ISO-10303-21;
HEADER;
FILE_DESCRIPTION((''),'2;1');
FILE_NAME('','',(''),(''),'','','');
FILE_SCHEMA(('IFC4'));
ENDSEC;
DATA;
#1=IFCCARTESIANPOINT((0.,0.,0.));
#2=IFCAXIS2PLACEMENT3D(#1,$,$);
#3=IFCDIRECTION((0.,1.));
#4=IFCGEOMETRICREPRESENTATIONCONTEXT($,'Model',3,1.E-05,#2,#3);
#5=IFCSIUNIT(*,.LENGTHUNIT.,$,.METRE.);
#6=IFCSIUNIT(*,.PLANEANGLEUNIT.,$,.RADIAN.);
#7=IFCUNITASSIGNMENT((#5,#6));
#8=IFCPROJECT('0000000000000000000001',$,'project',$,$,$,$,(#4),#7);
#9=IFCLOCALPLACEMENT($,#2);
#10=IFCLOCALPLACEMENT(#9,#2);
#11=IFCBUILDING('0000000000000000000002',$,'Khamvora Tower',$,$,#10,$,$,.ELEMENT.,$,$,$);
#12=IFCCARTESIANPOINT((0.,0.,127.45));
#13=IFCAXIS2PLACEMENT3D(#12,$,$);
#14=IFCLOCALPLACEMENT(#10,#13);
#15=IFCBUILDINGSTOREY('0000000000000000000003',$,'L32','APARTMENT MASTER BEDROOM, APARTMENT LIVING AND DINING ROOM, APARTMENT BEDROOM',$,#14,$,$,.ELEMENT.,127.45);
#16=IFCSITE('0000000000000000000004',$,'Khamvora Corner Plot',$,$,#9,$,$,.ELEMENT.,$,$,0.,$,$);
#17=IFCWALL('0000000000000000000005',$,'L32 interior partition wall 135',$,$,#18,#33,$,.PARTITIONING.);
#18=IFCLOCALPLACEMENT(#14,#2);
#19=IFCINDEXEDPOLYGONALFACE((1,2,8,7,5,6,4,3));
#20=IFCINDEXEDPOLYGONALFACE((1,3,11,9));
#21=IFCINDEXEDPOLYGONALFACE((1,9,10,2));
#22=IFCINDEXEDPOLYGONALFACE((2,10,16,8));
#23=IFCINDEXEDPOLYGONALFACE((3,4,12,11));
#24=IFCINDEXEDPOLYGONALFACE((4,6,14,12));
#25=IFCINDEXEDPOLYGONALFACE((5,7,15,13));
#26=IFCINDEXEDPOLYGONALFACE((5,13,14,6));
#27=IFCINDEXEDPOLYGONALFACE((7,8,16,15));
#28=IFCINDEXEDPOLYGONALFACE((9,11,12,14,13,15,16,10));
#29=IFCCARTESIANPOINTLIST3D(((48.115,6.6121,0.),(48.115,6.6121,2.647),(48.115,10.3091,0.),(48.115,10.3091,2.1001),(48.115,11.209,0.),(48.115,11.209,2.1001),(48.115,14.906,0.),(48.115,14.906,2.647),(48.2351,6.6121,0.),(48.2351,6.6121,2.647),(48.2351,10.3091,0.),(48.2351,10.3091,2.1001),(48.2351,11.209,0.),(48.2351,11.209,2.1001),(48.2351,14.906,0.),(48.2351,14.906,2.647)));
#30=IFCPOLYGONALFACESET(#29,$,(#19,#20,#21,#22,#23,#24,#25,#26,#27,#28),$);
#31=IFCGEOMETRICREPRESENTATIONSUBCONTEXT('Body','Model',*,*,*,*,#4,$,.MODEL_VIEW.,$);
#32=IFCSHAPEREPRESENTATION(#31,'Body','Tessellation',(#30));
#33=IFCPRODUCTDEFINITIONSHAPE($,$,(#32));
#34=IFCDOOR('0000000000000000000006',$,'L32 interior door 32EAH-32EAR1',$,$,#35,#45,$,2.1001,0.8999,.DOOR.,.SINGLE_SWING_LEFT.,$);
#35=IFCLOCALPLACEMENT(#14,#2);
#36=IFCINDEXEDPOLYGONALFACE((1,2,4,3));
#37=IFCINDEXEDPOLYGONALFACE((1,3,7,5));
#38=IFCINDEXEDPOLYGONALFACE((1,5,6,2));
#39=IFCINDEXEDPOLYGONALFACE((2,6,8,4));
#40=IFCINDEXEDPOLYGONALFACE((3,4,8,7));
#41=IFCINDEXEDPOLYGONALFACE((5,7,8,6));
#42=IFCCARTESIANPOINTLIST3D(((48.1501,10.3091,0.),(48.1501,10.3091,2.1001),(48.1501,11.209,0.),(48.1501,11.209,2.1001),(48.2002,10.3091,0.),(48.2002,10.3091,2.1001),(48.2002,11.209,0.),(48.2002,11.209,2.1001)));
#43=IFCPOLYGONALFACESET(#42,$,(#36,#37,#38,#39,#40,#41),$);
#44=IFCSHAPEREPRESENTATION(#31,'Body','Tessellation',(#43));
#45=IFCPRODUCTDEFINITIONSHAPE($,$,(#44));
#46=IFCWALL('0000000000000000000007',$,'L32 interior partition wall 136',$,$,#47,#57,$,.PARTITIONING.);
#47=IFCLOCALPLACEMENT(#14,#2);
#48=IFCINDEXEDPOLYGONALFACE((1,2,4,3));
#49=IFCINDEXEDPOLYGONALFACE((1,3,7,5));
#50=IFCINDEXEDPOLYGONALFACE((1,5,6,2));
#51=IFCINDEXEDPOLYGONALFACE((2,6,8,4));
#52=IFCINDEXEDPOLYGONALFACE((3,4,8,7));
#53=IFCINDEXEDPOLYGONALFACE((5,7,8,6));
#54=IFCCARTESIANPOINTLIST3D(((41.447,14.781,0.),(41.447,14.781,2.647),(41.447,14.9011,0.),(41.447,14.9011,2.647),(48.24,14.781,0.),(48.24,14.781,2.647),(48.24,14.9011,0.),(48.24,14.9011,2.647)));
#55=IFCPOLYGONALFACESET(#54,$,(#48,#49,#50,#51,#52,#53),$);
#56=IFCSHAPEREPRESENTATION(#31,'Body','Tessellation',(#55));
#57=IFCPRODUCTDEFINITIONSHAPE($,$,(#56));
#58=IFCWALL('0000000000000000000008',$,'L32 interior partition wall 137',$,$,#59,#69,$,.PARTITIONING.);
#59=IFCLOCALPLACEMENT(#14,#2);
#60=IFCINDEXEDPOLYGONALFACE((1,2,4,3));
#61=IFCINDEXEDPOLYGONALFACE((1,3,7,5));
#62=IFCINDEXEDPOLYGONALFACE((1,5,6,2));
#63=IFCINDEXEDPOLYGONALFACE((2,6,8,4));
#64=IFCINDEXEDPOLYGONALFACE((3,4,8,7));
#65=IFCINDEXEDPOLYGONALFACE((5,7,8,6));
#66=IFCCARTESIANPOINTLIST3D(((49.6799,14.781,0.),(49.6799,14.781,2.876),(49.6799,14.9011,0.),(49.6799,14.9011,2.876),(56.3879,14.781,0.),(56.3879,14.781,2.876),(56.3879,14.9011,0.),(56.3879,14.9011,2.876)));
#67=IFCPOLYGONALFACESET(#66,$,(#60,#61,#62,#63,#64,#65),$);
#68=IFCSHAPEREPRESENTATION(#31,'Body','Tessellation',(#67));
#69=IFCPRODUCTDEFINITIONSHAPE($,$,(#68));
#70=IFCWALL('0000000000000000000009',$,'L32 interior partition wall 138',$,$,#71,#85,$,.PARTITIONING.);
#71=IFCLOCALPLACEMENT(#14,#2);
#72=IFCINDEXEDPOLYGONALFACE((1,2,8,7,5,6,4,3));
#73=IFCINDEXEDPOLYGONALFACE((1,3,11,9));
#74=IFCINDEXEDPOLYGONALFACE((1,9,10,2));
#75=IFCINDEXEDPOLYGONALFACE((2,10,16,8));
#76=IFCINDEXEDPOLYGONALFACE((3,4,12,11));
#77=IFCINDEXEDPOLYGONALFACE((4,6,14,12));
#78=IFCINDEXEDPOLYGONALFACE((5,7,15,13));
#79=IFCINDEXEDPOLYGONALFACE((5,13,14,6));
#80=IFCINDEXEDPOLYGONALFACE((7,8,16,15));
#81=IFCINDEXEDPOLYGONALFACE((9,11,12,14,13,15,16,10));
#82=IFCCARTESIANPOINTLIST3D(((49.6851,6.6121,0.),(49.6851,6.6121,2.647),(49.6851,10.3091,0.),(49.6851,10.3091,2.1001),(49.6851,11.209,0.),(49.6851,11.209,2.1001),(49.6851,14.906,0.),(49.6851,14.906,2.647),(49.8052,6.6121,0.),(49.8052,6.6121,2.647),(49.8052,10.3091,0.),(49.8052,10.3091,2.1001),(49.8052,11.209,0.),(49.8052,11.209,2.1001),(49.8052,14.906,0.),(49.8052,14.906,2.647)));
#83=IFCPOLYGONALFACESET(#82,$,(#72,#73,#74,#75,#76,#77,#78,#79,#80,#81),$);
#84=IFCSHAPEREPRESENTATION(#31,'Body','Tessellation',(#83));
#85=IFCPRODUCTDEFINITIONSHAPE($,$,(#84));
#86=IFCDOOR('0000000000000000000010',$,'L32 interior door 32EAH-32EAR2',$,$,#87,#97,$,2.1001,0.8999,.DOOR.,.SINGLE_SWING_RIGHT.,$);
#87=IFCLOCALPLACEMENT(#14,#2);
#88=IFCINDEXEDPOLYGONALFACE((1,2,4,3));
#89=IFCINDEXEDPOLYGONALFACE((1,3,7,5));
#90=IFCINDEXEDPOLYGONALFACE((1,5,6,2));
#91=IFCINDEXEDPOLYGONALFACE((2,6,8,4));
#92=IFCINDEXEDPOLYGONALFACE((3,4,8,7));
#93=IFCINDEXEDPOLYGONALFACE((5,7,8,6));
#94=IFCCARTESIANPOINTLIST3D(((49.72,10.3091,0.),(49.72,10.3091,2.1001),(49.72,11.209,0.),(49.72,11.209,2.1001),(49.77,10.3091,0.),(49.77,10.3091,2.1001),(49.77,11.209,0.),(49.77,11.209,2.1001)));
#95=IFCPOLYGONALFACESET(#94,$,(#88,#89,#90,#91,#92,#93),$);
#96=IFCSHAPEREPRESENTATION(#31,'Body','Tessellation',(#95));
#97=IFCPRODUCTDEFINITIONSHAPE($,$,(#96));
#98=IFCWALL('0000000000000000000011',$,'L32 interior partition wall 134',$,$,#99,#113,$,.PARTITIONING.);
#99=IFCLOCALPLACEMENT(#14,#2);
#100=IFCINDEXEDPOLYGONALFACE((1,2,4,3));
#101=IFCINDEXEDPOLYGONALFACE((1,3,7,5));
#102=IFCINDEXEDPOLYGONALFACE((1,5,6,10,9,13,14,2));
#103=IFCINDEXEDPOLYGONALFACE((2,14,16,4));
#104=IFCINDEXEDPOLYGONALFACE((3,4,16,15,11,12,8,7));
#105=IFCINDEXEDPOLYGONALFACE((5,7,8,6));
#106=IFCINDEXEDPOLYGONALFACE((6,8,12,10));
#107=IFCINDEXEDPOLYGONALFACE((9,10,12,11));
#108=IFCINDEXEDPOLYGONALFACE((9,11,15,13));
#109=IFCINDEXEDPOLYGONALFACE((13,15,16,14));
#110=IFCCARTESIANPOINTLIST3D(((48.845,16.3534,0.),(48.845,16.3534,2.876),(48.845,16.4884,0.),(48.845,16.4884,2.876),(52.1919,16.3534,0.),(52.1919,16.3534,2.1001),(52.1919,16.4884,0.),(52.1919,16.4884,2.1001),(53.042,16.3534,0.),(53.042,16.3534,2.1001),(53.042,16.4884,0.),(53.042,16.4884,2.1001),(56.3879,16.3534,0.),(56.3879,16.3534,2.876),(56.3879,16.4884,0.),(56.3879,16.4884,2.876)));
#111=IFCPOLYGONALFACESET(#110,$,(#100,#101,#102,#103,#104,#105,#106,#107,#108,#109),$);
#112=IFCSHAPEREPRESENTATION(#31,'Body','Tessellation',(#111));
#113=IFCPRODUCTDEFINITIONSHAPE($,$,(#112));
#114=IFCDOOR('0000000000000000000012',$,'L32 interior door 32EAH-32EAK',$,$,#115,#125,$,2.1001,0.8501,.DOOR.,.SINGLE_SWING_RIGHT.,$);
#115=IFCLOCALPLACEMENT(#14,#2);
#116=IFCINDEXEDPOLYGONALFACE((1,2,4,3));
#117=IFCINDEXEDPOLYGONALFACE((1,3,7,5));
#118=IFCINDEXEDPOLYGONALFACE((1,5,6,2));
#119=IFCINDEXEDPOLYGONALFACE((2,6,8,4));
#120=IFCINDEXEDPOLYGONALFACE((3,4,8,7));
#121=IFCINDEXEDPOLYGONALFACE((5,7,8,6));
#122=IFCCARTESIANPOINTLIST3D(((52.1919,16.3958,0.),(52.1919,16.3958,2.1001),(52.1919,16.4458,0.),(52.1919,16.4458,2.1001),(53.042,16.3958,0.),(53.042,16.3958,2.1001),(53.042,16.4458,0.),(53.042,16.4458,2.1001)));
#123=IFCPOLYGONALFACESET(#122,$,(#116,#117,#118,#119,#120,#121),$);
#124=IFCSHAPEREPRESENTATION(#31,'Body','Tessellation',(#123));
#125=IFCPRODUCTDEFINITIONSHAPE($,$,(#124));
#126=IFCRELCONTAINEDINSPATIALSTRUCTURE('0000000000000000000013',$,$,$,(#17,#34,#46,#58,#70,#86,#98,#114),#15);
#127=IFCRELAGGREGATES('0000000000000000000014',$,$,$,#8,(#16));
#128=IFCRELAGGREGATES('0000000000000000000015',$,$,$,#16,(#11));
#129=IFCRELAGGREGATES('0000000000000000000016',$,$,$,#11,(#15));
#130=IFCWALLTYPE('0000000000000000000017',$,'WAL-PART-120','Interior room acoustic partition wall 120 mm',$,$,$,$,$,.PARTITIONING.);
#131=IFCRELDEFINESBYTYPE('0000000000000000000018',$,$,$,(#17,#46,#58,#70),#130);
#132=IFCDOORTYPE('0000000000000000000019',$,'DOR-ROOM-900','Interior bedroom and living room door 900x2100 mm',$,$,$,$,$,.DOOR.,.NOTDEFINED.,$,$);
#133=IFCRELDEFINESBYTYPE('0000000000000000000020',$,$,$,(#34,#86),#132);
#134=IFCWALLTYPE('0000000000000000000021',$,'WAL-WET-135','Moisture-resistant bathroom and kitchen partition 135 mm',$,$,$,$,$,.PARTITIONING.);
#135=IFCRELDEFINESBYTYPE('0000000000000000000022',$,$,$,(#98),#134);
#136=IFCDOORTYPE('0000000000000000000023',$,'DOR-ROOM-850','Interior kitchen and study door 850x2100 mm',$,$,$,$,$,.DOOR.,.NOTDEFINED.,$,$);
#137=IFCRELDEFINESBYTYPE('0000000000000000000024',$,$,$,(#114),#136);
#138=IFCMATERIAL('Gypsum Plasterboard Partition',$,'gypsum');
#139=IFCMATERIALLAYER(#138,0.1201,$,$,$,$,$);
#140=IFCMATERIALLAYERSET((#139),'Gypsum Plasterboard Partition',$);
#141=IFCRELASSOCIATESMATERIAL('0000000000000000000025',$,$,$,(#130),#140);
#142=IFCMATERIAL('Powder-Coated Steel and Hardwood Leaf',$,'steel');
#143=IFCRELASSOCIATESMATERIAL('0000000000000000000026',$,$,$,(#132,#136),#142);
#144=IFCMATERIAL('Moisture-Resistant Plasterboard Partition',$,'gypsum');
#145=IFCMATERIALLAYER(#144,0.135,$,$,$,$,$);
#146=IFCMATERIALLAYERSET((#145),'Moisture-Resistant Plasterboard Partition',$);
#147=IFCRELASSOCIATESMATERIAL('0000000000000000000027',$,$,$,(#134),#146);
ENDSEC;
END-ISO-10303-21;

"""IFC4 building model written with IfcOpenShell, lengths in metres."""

from ifc_helpers import new_model, si_unit, direction, frame, frame_2d, origin, place, context, subcontext, project, spatial, rectangle, extrude, material, layer, layer_set, type_object, element, fill, save


model = new_model("IFC4")

# Units and contexts
model_context = context("Model", 3, precision=1e-05, world=origin(), true_north=direction((0.0, 1.0)))
body_context = subcontext(model_context, "Body", "Model", "MODEL_VIEW")
ifc_project = project(units=[si_unit("LENGTHUNIT", "METRE"), si_unit("PLANEANGLEUNIT", "RADIAN")], contexts=[model_context])

# Site, building, storey
site_placement = place(None, origin())
site = spatial("IfcSite", under=ifc_project, at=site_placement, Name="Khamvora Corner Plot", CompositionType="ELEMENT", RefElevation=0.0)
building_placement = place(site_placement, origin())
building = spatial("IfcBuilding", under=site, at=building_placement, Name="Khamvora Tower", CompositionType="ELEMENT")
storey_placement = place(building_placement, frame((0.0, 0.0, 127.45)))
storey = spatial("IfcBuildingStorey", under=building, at=storey_placement, Name="L32", Description="APARTMENT MASTER BEDROOM, APARTMENT LIVING AND DINING ROOM, APARTMENT BEDROOM", CompositionType="ELEMENT", Elevation=127.45)

# Wall, opening, door
ifc_material_1 = material(Name="Gypsum Plasterboard Partition", Category="gypsum")
ifc_layer_1 = layer(ifc_material_1, 0.1201)
ifc_layer_set_1 = layer_set([ifc_layer_1], Name="Gypsum Plasterboard Partition")
wall_type_1 = type_object("IfcWallType", Name="WAL-PART-120", Description="Interior room acoustic partition wall 120 mm", PredefinedType="PARTITIONING", material=ifc_layer_set_1)
wall_1_placement = place(storey_placement, frame((48.175, 6.6121, 0.0), z_axis=(0.0, 0.0, 1.0), x_axis=(0.0, 1.0, 0.0)))
wall_1 = element("IfcWall", 1, at=wall_1_placement, inside=storey, type_object=wall_type_1, Name="L32 interior partition wall 135", PredefinedType="PARTITIONING", context=body_context, shape_type="SweptSolid", body=[
    extrude(rectangle(XDim=8.2939, YDim=0.1201, at=frame_2d((4.147, 0.0))), origin(), (0.0, 0.0, 1.0), 2.647),
])
opening_1_placement = place(wall_1_placement, frame((3.697, 0.0, 0.0)))
opening_1 = element("IfcOpeningElement", 2, at=opening_1_placement, cuts=wall_1, PredefinedType="OPENING", context=body_context, shape_type="SweptSolid", body=[
    extrude(rectangle(XDim=0.8999, YDim=2.1001, at=frame_2d((0.45, 1.05))), frame((0.0, 0.0701, 0.0), z_axis=(0.0, -1.0, 0.0), x_axis=(1.0, 0.0, 0.0)), (0.0, 0.0, 1.0), 0.1401),
])
ifc_material_2 = material(Name="Powder-Coated Steel and Hardwood Leaf", Category="steel")
door_type_1 = type_object("IfcDoorType", Name="DOR-ROOM-900", Description="Interior bedroom and living room door 900x2100 mm", OperationType="NOTDEFINED", PredefinedType="DOOR", material=ifc_material_2)
door_1_placement = place(opening_1_placement, origin())
door_1 = element("IfcDoor", 3, at=door_1_placement, inside=storey, type_object=door_type_1, Name="L32 interior door 32EAH-32EAR1", OperationType="SINGLE_SWING_LEFT", OverallHeight=2.1001, OverallWidth=0.8999, PredefinedType="DOOR", context=body_context, shape_type="SweptSolid", body=[
    extrude(rectangle(XDim=0.8999, YDim=2.1001, at=frame_2d((0.45, 1.05))), frame((0.0, 0.0249, 0.0), z_axis=(0.0, -1.0, 0.0), x_axis=(1.0, 0.0, 0.0)), (0.0, 0.0, 1.0), 0.05),
])
fill(opening_1, door_1)

# Walls
wall_2_placement = place(storey_placement, frame((48.24, 14.8411, 0.0), z_axis=(0.0, 0.0, 1.0), x_axis=(-1.0, 0.0, 0.0)))
element("IfcWall", 4, at=wall_2_placement, inside=storey, type_object=wall_type_1, Name="L32 interior partition wall 136", PredefinedType="PARTITIONING", context=body_context, shape_type="SweptSolid", body=[
    extrude(rectangle(XDim=6.793, YDim=0.1201, at=frame_2d((3.3965, 0.0))), origin(), (0.0, 0.0, 1.0), 2.647),
])
wall_3_placement = place(storey_placement, frame((56.3879, 14.8411, 0.0), z_axis=(0.0, 0.0, 1.0), x_axis=(-1.0, 0.0, 0.0)))
element("IfcWall", 5, at=wall_3_placement, inside=storey, type_object=wall_type_1, Name="L32 interior partition wall 137", PredefinedType="PARTITIONING", context=body_context, shape_type="SweptSolid", body=[
    extrude(rectangle(XDim=6.708, YDim=0.1201, at=frame_2d((3.354, 0.0))), origin(), (0.0, 0.0, 1.0), 2.876),
])

# Walls, openings, doors
wall_4_placement = place(storey_placement, frame((49.7451, 14.906, 0.0), z_axis=(0.0, 0.0, 1.0), x_axis=(0.0, -1.0, 0.0)))
wall_4 = element("IfcWall", 6, at=wall_4_placement, inside=storey, type_object=wall_type_1, Name="L32 interior partition wall 138", PredefinedType="PARTITIONING", context=body_context, shape_type="SweptSolid", body=[
    extrude(rectangle(XDim=8.2939, YDim=0.1201, at=frame_2d((4.147, 0.0))), origin(), (0.0, 0.0, 1.0), 2.647),
])
opening_2_placement = place(wall_4_placement, frame((3.697, 0.0, 0.0)))
opening_2 = element("IfcOpeningElement", 7, at=opening_2_placement, cuts=wall_4, PredefinedType="OPENING", context=body_context, shape_type="SweptSolid", body=[
    extrude(rectangle(XDim=0.8999, YDim=2.1001, at=frame_2d((0.45, 1.05))), frame((0.0, 0.0701, 0.0), z_axis=(0.0, -1.0, 0.0), x_axis=(1.0, 0.0, 0.0)), (0.0, 0.0, 1.0), 0.1401),
])
door_2_placement = place(opening_2_placement, origin())
door_2 = element("IfcDoor", 8, at=door_2_placement, inside=storey, type_object=door_type_1, Name="L32 interior door 32EAH-32EAR2", OperationType="SINGLE_SWING_RIGHT", OverallHeight=2.1001, OverallWidth=0.8999, PredefinedType="DOOR", context=body_context, shape_type="SweptSolid", body=[
    extrude(rectangle(XDim=0.8999, YDim=2.1001, at=frame_2d((0.45, 1.05))), frame((0.0, 0.0249, 0.0), z_axis=(0.0, -1.0, 0.0), x_axis=(1.0, 0.0, 0.0)), (0.0, 0.0, 1.0), 0.05),
])
fill(opening_2, door_2)
ifc_material_3 = material(Name="Moisture-Resistant Plasterboard Partition", Category="gypsum")
ifc_layer_2 = layer(ifc_material_3, 0.135)
ifc_layer_set_2 = layer_set([ifc_layer_2], Name="Moisture-Resistant Plasterboard Partition")
wall_type_2 = type_object("IfcWallType", Name="WAL-WET-135", Description="Moisture-resistant bathroom and kitchen partition 135 mm", PredefinedType="PARTITIONING", material=ifc_layer_set_2)
wall_5_placement = place(storey_placement, frame((48.845, 16.4209, 0.0), z_axis=(0.0, 0.0, 1.0), x_axis=(1.0, 0.0, 0.0)))
wall_5 = element("IfcWall", 9, at=wall_5_placement, inside=storey, type_object=wall_type_2, Name="L32 interior partition wall 134", PredefinedType="PARTITIONING", context=body_context, shape_type="SweptSolid", body=[
    extrude(rectangle(XDim=7.543, YDim=0.135, at=frame_2d((3.7715, 0.0))), origin(), (0.0, 0.0, 1.0), 2.876),
])
opening_3_placement = place(wall_5_placement, frame((3.3469, 0.0, 0.0)))
opening_3 = element("IfcOpeningElement", 10, at=opening_3_placement, cuts=wall_5, PredefinedType="OPENING", context=body_context, shape_type="SweptSolid", body=[
    extrude(rectangle(XDim=0.8501, YDim=2.1001, at=frame_2d((0.425, 1.05))), frame((0.0, 0.0774, 0.0), z_axis=(0.0, -1.0, 0.0), x_axis=(1.0, 0.0, 0.0)), (0.0, 0.0, 1.0), 0.155),
])
door_type_2 = type_object("IfcDoorType", Name="DOR-ROOM-850", Description="Interior kitchen and study door 850x2100 mm", OperationType="NOTDEFINED", PredefinedType="DOOR", material=ifc_material_2)
door_3_placement = place(opening_3_placement, origin())
door_3 = element("IfcDoor", 11, at=door_3_placement, inside=storey, type_object=door_type_2, Name="L32 interior door 32EAH-32EAK", OperationType="SINGLE_SWING_RIGHT", OverallHeight=2.1001, OverallWidth=0.8501, PredefinedType="DOOR", context=body_context, shape_type="SweptSolid", body=[
    extrude(rectangle(XDim=0.8501, YDim=2.1001, at=frame_2d((0.425, 1.05))), frame((0.0, 0.0249, 0.0), z_axis=(0.0, -1.0, 0.0), x_axis=(1.0, 0.0, 0.0)), (0.0, 0.0, 1.0), 0.05),
])
fill(opening_3, door_3)

save(model, "model.ifc")
